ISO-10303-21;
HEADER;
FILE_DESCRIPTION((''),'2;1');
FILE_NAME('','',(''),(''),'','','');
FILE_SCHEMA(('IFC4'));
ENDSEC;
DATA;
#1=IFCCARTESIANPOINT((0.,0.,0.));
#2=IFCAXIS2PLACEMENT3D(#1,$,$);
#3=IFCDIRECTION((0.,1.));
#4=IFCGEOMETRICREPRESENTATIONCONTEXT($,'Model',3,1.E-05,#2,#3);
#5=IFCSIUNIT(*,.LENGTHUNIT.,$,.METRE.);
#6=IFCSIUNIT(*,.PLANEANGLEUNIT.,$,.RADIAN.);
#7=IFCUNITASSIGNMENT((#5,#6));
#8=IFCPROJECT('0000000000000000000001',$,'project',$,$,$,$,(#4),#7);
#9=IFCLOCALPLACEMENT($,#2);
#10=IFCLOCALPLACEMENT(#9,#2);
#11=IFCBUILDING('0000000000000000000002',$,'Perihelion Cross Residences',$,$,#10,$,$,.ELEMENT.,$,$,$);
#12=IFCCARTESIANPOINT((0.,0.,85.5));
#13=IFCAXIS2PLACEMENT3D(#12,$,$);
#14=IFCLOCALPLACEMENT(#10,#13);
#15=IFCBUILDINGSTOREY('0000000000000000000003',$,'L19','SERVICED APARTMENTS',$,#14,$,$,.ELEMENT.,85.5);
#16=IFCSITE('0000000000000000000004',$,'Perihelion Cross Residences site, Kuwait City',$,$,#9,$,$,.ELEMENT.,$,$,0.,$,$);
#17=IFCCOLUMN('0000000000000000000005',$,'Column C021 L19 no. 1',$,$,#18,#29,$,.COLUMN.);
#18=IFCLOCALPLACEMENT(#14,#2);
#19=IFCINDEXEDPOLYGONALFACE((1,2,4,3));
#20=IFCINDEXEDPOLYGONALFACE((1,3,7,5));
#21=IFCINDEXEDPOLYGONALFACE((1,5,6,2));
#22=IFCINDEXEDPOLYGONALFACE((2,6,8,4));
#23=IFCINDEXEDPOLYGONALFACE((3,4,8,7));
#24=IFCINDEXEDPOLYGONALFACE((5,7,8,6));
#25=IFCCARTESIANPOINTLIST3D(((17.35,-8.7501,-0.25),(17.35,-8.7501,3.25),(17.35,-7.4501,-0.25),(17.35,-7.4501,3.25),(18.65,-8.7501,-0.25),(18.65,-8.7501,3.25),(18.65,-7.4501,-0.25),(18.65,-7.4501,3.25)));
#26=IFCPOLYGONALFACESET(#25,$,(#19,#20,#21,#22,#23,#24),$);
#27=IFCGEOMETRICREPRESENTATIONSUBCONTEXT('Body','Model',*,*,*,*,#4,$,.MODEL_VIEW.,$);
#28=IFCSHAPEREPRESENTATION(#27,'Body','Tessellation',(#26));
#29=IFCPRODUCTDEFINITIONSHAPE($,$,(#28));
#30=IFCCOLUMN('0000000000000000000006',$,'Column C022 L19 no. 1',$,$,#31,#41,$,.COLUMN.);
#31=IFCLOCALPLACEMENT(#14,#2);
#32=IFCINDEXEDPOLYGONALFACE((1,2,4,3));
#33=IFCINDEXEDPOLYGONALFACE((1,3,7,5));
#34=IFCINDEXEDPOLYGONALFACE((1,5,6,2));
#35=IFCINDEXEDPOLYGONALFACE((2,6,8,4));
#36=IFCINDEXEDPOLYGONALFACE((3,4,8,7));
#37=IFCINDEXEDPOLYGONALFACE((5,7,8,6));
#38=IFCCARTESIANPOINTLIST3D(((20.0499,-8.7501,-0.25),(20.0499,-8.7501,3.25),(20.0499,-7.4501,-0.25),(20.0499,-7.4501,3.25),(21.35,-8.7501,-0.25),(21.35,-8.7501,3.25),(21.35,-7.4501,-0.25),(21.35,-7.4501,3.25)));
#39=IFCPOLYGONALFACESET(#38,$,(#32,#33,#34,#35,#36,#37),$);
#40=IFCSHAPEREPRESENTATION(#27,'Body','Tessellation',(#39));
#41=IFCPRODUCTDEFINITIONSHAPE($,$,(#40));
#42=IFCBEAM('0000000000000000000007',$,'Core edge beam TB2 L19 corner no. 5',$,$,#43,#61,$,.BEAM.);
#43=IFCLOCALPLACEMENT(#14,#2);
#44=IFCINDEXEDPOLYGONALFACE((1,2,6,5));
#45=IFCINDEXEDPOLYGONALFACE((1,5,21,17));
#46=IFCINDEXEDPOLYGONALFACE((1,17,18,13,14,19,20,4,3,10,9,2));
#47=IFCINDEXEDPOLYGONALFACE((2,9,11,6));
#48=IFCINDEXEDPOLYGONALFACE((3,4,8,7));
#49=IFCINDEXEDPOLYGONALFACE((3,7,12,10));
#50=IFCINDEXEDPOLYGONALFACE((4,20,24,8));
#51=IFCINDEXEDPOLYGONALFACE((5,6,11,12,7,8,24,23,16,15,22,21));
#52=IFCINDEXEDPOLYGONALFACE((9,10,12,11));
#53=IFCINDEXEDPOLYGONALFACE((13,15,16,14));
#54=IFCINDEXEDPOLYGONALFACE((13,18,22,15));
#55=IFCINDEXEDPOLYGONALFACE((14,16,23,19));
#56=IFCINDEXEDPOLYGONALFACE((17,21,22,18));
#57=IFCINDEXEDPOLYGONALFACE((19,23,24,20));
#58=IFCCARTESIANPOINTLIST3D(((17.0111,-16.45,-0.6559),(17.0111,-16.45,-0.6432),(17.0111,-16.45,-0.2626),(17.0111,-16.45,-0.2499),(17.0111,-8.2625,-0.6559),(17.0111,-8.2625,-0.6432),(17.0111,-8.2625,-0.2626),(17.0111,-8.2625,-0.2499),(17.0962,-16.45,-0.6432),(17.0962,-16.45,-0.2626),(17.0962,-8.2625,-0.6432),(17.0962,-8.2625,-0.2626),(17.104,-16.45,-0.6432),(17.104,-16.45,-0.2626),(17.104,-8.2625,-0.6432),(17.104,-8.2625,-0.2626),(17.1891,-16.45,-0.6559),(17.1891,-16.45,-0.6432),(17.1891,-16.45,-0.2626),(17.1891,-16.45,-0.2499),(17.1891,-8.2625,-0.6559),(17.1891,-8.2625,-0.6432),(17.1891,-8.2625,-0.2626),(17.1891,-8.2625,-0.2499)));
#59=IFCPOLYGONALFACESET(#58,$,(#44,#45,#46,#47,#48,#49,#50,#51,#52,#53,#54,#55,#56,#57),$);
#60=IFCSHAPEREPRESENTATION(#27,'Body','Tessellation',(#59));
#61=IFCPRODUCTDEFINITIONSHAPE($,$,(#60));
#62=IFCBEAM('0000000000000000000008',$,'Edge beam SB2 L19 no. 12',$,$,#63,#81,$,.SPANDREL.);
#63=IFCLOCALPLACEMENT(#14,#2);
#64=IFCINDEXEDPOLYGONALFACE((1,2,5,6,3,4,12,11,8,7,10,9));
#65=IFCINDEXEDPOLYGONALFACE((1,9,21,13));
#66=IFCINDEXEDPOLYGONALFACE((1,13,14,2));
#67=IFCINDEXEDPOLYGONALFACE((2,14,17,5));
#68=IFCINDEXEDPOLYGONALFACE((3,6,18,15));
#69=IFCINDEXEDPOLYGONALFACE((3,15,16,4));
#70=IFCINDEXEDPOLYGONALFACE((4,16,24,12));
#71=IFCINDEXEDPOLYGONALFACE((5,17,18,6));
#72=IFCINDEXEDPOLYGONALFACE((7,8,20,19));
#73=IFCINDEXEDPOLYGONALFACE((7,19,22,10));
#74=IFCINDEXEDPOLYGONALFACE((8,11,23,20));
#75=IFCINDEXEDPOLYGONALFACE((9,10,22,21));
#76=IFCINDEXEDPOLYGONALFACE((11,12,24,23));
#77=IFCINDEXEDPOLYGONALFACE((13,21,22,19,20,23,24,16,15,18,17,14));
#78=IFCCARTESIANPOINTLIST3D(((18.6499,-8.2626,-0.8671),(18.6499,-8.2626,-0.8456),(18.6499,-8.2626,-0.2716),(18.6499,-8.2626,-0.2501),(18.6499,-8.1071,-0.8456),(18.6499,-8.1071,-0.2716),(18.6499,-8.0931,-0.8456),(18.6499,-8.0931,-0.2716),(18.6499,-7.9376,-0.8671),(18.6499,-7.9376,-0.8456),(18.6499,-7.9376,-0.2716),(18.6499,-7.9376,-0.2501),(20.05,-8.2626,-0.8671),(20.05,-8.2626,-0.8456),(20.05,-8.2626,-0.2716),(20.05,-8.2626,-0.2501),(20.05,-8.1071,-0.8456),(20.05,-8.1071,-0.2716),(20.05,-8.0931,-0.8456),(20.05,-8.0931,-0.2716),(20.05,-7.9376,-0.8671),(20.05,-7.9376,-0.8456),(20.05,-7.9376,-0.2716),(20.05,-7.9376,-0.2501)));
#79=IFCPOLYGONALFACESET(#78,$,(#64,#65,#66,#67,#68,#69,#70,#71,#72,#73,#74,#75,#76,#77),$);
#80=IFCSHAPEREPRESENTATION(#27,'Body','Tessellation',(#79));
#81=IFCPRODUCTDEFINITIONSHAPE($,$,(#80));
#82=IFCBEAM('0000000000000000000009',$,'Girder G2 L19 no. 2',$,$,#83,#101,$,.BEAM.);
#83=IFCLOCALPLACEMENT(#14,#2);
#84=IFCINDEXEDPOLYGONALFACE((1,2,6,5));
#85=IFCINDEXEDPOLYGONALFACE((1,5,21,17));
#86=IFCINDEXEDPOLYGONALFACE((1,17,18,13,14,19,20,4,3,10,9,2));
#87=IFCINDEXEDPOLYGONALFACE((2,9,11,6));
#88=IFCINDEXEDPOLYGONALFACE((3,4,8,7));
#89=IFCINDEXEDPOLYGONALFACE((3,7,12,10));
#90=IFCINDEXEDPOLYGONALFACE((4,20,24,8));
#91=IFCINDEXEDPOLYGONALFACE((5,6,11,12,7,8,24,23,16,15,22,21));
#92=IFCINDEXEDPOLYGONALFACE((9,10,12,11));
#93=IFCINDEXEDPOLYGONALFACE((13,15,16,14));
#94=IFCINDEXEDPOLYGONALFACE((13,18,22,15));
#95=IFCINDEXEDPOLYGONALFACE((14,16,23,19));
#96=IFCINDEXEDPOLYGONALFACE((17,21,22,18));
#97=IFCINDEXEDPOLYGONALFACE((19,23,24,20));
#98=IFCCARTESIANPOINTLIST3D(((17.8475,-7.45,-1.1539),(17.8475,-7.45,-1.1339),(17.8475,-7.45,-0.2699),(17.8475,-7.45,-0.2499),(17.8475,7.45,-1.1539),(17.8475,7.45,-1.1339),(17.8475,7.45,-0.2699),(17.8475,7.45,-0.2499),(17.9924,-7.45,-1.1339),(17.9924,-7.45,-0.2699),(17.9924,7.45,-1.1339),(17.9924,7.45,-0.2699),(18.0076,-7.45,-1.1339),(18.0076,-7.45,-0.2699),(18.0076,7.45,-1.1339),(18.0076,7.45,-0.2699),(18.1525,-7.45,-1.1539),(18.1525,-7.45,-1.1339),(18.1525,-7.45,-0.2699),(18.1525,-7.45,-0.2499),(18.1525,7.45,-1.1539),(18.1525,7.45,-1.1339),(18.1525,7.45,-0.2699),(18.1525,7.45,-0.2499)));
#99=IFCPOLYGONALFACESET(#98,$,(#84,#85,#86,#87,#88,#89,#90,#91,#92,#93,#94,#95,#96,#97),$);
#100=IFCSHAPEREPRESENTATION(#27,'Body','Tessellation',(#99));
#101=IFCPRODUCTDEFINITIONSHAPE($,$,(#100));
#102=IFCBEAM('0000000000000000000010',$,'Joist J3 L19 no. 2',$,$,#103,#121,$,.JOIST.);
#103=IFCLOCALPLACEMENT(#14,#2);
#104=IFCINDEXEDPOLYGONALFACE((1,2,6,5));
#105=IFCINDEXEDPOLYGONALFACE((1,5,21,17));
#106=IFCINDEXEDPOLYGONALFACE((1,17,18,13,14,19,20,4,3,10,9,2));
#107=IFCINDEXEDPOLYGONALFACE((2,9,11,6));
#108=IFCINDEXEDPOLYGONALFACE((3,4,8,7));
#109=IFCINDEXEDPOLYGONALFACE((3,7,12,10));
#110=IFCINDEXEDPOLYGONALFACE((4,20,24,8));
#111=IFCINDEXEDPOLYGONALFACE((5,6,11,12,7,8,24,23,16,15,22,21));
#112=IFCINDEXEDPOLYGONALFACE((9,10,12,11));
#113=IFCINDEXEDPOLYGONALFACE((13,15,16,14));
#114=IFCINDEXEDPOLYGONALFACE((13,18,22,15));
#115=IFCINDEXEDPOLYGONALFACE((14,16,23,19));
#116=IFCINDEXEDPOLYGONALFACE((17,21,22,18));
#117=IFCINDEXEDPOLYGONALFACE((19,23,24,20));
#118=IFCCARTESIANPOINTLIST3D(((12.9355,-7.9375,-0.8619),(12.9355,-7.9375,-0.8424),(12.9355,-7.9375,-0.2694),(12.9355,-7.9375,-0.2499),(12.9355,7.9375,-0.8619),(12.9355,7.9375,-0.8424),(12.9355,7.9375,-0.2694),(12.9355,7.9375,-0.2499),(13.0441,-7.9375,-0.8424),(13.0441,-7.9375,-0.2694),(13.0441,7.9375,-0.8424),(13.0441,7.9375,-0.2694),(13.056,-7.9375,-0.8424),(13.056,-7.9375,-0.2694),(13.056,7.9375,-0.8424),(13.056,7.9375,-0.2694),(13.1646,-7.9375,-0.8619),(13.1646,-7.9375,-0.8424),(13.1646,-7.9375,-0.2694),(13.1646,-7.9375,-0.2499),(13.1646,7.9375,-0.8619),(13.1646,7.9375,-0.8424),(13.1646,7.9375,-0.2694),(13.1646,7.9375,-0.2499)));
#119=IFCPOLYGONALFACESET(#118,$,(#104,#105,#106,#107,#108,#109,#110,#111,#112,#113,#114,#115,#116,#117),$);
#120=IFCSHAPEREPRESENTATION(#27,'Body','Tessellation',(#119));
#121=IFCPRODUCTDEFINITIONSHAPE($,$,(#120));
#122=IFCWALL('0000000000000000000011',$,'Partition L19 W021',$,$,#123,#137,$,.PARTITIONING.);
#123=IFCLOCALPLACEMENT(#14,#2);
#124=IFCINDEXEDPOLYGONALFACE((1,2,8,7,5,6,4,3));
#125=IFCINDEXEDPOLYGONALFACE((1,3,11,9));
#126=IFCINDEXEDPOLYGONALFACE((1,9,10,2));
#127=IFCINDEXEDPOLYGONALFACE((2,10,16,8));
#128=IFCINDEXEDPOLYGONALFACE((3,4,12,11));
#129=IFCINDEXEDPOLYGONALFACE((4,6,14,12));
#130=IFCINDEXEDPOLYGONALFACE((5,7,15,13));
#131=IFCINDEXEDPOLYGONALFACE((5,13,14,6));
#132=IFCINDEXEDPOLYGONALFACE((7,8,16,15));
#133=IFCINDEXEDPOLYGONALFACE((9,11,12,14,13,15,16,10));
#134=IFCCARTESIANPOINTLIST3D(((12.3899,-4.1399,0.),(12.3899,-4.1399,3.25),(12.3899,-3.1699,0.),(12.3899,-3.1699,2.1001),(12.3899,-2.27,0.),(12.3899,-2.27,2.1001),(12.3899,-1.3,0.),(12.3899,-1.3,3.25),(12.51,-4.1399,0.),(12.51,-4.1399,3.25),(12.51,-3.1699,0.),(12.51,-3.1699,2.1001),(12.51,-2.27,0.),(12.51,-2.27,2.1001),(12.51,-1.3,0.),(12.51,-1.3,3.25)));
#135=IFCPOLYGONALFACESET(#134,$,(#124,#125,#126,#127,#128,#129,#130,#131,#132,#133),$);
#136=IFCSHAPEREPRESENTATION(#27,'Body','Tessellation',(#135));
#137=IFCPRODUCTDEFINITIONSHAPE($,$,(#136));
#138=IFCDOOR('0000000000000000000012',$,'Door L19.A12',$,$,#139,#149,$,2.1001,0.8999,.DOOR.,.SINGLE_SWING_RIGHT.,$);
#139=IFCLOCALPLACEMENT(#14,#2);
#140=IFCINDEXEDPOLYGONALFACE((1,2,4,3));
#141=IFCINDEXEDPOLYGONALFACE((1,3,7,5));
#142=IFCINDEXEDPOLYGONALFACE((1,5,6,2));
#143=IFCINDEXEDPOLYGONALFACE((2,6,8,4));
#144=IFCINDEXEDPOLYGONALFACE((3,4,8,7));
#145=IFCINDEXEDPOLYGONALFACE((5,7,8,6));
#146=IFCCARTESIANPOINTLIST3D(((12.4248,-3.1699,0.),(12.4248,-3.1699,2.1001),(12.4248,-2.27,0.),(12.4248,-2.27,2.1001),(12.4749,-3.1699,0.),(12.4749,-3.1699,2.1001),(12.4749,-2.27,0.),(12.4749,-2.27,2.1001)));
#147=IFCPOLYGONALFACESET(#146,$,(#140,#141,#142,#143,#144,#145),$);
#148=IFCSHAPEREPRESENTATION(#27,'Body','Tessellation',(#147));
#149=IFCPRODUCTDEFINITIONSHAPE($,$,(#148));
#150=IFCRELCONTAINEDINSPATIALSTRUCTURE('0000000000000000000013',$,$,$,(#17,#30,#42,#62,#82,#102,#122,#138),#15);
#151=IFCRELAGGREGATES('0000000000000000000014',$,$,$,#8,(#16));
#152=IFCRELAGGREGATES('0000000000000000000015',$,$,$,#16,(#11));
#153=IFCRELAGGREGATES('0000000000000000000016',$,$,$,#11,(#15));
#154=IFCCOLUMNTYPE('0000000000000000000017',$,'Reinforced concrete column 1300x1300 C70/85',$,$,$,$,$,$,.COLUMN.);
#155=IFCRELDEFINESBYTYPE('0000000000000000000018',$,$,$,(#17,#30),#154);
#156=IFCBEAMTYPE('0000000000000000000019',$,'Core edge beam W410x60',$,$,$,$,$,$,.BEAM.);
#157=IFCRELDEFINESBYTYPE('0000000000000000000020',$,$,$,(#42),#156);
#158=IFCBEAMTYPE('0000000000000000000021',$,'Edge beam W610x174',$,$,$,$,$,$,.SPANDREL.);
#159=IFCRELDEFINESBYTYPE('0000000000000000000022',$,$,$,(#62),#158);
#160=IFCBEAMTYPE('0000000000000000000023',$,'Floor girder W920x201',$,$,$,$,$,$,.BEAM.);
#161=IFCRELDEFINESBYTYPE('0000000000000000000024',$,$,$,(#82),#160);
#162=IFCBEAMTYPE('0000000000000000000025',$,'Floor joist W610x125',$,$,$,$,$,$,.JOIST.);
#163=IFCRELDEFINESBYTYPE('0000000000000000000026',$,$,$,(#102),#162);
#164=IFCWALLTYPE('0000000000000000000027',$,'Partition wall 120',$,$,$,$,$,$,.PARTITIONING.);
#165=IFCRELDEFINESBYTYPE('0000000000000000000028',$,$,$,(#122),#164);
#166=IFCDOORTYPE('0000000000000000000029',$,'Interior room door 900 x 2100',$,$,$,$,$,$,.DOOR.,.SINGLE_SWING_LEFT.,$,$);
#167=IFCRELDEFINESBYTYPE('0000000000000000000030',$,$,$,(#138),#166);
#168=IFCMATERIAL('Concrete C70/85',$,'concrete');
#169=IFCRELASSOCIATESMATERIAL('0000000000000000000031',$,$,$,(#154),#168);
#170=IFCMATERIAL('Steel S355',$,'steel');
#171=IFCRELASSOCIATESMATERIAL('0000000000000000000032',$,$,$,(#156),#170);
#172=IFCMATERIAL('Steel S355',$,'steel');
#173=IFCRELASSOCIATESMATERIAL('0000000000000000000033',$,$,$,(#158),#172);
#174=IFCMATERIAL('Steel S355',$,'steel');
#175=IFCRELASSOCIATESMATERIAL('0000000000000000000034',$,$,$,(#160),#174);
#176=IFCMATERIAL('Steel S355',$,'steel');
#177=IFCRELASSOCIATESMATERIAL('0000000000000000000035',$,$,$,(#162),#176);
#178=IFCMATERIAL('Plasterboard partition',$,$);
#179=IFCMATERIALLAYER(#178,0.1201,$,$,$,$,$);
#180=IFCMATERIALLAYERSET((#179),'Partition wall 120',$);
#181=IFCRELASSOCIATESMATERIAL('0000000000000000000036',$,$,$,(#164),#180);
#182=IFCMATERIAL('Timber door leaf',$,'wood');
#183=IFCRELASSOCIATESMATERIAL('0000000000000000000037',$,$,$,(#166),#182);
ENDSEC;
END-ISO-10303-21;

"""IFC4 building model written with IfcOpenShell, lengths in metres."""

from ifc_helpers import new_model, si_unit, direction, frame, frame_2d, origin, origin_2d, place, context, subcontext, project, spatial, rectangle, i_section, extrude, material, layer, layer_set, material_profile, profile_set, type_object, element, fill, save


model = new_model("IFC4")

# Units and contexts
model_context = context("Model", 3, precision=1e-05, world=origin(), true_north=direction((0.0, 1.0)))
body_context = subcontext(model_context, "Body", "Model", "MODEL_VIEW")
ifc_project = project(units=[si_unit("LENGTHUNIT", "METRE"), si_unit("PLANEANGLEUNIT", "RADIAN")], contexts=[model_context])

# Site, building, storey
site_placement = place(None, origin())
site = spatial("IfcSite", under=ifc_project, at=site_placement, Name="Perihelion Cross Residences site, Kuwait City", CompositionType="ELEMENT", RefElevation=0.0)
building_placement = place(site_placement, origin())
building = spatial("IfcBuilding", under=site, at=building_placement, Name="Perihelion Cross Residences", CompositionType="ELEMENT")
storey_placement = place(building_placement, frame((0.0, 0.0, 85.5)))
storey = spatial("IfcBuildingStorey", under=building, at=storey_placement, Name="L19", Description="SERVICED APARTMENTS", CompositionType="ELEMENT", Elevation=85.5)

# Columns
ifc_material_1 = material(Name="Concrete C70/85", Category="concrete")
ifc_material_profile_1 = material_profile(ifc_material_1, rectangle(XDim=1.3, YDim=1.3, at=origin_2d()), Name="RC 1300x1300")
ifc_profile_set_1 = profile_set([ifc_material_profile_1], Name="Concrete C70/85")
column_type = type_object("IfcColumnType", Name="Reinforced concrete column 1300x1300 C70/85", PredefinedType="COLUMN", material=ifc_profile_set_1)
for number, where, z_axis, x_axis, name in (
    (1, (18.0, -8.1001, -0.25), (0.0, 0.0, 1.0), (1.0, 0.0, 0.0), "Column C021 L19 no. 1"),
    (2, (20.7, -8.1001, -0.25), (0.0, 0.0, 1.0), (1.0, 0.0, 0.0), "Column C022 L19 no. 1"),
):
    element("IfcColumn", number, at=place(storey_placement, frame(where, z_axis=z_axis, x_axis=x_axis)), inside=storey, type_object=column_type, Name=name, PredefinedType="COLUMN", context=body_context, shape_type="SweptSolid", body=[
        extrude(rectangle(XDim=1.3, YDim=1.3, at=origin_2d()), origin(), (0.0, 0.0, 1.0), 3.5),
    ])

# Beams
ifc_material_2 = material(Name="Steel S355", Category="steel")
ifc_material_profile_2 = material_profile(ifc_material_2, i_section(OverallWidth=0.178, OverallDepth=0.406, WebThickness=0.0078, FlangeThickness=0.0127, at=origin_2d()), Name="W410x60")
ifc_profile_set_2 = profile_set([ifc_material_profile_2], Name="Steel S355")
beam_type_1 = type_object("IfcBeamType", Name="Core edge beam W410x60", PredefinedType="BEAM", material=ifc_profile_set_2)
beam_1_placement = place(storey_placement, frame((17.1001, -8.2625, -0.4529), z_axis=(0.0, -1.0, 0.0), x_axis=(1.0, 0.0, 0.0)))
element("IfcBeam", 3, at=beam_1_placement, inside=storey, type_object=beam_type_1, Name="Core edge beam TB2 L19 corner no. 5", PredefinedType="BEAM", context=body_context, shape_type="SweptSolid", body=[
    extrude(i_section(OverallWidth=0.178, OverallDepth=0.406, WebThickness=0.0078, FlangeThickness=0.0127, at=origin_2d()), origin(), (0.0, 0.0, 1.0), 8.1875),
])
ifc_material_3 = material(Name="Steel S355", Category="steel")
ifc_material_profile_3 = material_profile(ifc_material_3, i_section(OverallWidth=0.325, OverallDepth=0.6169, WebThickness=0.0139, FlangeThickness=0.0215, at=origin_2d()), Name="W610x174")
ifc_profile_set_3 = profile_set([ifc_material_profile_3], Name="Steel S355")
beam_type_2 = type_object("IfcBeamType", Name="Edge beam W610x174", PredefinedType="SPANDREL", material=ifc_profile_set_3)
beam_2_placement = place(storey_placement, frame((18.6499, -8.1001, -0.5586), z_axis=(1.0, 0.0, 0.0), x_axis=(0.0, 1.0, 0.0)))
element("IfcBeam", 4, at=beam_2_placement, inside=storey, type_object=beam_type_2, Name="Edge beam SB2 L19 no. 12", PredefinedType="SPANDREL", context=body_context, shape_type="SweptSolid", body=[
    extrude(i_section(OverallWidth=0.325, OverallDepth=0.6169, WebThickness=0.0139, FlangeThickness=0.0215, at=origin_2d()), origin(), (0.0, 0.0, 1.0), 1.4001),
])
ifc_material_4 = material(Name="Steel S355", Category="steel")
ifc_material_profile_4 = material_profile(ifc_material_4, i_section(OverallWidth=0.3049, OverallDepth=0.9041, WebThickness=0.0151, FlangeThickness=0.02, at=origin_2d()), Name="W920x201")
ifc_profile_set_4 = profile_set([ifc_material_profile_4], Name="Steel S355")
beam_type_3 = type_object("IfcBeamType", Name="Floor girder W920x201", PredefinedType="BEAM", material=ifc_profile_set_4)
beam_3_placement = place(storey_placement, frame((18.0, -7.45, -0.7019), z_axis=(0.0, 1.0, 0.0), x_axis=(-1.0, 0.0, 0.0)))
element("IfcBeam", 5, at=beam_3_placement, inside=storey, type_object=beam_type_3, Name="Girder G2 L19 no. 2", PredefinedType="BEAM", context=body_context, shape_type="SweptSolid", body=[
    extrude(i_section(OverallWidth=0.3049, OverallDepth=0.9041, WebThickness=0.0151, FlangeThickness=0.02, at=origin_2d()), origin(), (0.0, 0.0, 1.0), 14.8999),
])
ifc_material_5 = material(Name="Steel S355", Category="steel")
ifc_material_profile_5 = material_profile(ifc_material_5, i_section(OverallWidth=0.229, OverallDepth=0.6121, WebThickness=0.012, FlangeThickness=0.0195, at=origin_2d()), Name="W610x125")
ifc_profile_set_5 = profile_set([ifc_material_profile_5], Name="Steel S355")
beam_type_4 = type_object("IfcBeamType", Name="Floor joist W610x125", PredefinedType="JOIST", material=ifc_profile_set_5)
beam_4_placement = place(storey_placement, frame((13.05, -7.9375, -0.5559), z_axis=(0.0, 1.0, 0.0), x_axis=(-1.0, 0.0, 0.0)))
element("IfcBeam", 6, at=beam_4_placement, inside=storey, type_object=beam_type_4, Name="Joist J3 L19 no. 2", PredefinedType="JOIST", context=body_context, shape_type="SweptSolid", body=[
    extrude(i_section(OverallWidth=0.229, OverallDepth=0.6121, WebThickness=0.012, FlangeThickness=0.0195, at=origin_2d()), origin(), (0.0, 0.0, 1.0), 15.875),
])

# Wall, opening, door
ifc_material_6 = material(Name="Plasterboard partition")
ifc_layer_1 = layer(ifc_material_6, 0.1201)
ifc_layer_set_1 = layer_set([ifc_layer_1], Name="Partition wall 120")
wall_type_1 = type_object("IfcWallType", Name="Partition wall 120", PredefinedType="PARTITIONING", material=ifc_layer_set_1)
wall_1_placement = place(storey_placement, frame((12.45, -1.3, 0.0), z_axis=(0.0, 0.0, 1.0), x_axis=(0.0, -1.0, 0.0)))
wall_1 = element("IfcWall", 7, at=wall_1_placement, inside=storey, type_object=wall_type_1, Name="Partition L19 W021", PredefinedType="PARTITIONING", context=body_context, shape_type="SweptSolid", body=[
    extrude(rectangle(XDim=2.8398, YDim=0.1201, at=frame_2d((1.4199, 0.0))), origin(), (0.0, 0.0, 1.0), 3.25),
])
opening_1_placement = place(wall_1_placement, frame((0.97, 0.0, 0.0)))
opening_1 = element("IfcOpeningElement", 8, at=opening_1_placement, cuts=wall_1, PredefinedType="OPENING", context=body_context, shape_type="SweptSolid", body=[
    extrude(rectangle(XDim=0.8999, YDim=2.1001, at=frame_2d((0.45, 1.05))), frame((0.0, 0.0701, 0.0), z_axis=(0.0, -1.0, 0.0), x_axis=(1.0, 0.0, 0.0)), (0.0, 0.0, 1.0), 0.1401),
])
ifc_material_7 = material(Name="Timber door leaf", Category="wood")
door_type_1 = type_object("IfcDoorType", Name="Interior room door 900 x 2100", OperationType="SINGLE_SWING_LEFT", PredefinedType="DOOR", material=ifc_material_7)
door_1_placement = place(opening_1_placement, origin())
door_1 = element("IfcDoor", 9, at=door_1_placement, inside=storey, type_object=door_type_1, Name="Door L19.A12", OperationType="SINGLE_SWING_RIGHT", OverallHeight=2.1001, OverallWidth=0.8999, PredefinedType="DOOR", context=body_context, shape_type="SweptSolid", body=[
    extrude(rectangle(XDim=0.8999, YDim=2.1001, at=frame_2d((0.45, 1.05))), frame((0.0, 0.0249, 0.0), z_axis=(0.0, -1.0, 0.0), x_axis=(1.0, 0.0, 0.0)), (0.0, 0.0, 1.0), 0.05),
])
fill(opening_1, door_1)

save(model, "model.ifc")
